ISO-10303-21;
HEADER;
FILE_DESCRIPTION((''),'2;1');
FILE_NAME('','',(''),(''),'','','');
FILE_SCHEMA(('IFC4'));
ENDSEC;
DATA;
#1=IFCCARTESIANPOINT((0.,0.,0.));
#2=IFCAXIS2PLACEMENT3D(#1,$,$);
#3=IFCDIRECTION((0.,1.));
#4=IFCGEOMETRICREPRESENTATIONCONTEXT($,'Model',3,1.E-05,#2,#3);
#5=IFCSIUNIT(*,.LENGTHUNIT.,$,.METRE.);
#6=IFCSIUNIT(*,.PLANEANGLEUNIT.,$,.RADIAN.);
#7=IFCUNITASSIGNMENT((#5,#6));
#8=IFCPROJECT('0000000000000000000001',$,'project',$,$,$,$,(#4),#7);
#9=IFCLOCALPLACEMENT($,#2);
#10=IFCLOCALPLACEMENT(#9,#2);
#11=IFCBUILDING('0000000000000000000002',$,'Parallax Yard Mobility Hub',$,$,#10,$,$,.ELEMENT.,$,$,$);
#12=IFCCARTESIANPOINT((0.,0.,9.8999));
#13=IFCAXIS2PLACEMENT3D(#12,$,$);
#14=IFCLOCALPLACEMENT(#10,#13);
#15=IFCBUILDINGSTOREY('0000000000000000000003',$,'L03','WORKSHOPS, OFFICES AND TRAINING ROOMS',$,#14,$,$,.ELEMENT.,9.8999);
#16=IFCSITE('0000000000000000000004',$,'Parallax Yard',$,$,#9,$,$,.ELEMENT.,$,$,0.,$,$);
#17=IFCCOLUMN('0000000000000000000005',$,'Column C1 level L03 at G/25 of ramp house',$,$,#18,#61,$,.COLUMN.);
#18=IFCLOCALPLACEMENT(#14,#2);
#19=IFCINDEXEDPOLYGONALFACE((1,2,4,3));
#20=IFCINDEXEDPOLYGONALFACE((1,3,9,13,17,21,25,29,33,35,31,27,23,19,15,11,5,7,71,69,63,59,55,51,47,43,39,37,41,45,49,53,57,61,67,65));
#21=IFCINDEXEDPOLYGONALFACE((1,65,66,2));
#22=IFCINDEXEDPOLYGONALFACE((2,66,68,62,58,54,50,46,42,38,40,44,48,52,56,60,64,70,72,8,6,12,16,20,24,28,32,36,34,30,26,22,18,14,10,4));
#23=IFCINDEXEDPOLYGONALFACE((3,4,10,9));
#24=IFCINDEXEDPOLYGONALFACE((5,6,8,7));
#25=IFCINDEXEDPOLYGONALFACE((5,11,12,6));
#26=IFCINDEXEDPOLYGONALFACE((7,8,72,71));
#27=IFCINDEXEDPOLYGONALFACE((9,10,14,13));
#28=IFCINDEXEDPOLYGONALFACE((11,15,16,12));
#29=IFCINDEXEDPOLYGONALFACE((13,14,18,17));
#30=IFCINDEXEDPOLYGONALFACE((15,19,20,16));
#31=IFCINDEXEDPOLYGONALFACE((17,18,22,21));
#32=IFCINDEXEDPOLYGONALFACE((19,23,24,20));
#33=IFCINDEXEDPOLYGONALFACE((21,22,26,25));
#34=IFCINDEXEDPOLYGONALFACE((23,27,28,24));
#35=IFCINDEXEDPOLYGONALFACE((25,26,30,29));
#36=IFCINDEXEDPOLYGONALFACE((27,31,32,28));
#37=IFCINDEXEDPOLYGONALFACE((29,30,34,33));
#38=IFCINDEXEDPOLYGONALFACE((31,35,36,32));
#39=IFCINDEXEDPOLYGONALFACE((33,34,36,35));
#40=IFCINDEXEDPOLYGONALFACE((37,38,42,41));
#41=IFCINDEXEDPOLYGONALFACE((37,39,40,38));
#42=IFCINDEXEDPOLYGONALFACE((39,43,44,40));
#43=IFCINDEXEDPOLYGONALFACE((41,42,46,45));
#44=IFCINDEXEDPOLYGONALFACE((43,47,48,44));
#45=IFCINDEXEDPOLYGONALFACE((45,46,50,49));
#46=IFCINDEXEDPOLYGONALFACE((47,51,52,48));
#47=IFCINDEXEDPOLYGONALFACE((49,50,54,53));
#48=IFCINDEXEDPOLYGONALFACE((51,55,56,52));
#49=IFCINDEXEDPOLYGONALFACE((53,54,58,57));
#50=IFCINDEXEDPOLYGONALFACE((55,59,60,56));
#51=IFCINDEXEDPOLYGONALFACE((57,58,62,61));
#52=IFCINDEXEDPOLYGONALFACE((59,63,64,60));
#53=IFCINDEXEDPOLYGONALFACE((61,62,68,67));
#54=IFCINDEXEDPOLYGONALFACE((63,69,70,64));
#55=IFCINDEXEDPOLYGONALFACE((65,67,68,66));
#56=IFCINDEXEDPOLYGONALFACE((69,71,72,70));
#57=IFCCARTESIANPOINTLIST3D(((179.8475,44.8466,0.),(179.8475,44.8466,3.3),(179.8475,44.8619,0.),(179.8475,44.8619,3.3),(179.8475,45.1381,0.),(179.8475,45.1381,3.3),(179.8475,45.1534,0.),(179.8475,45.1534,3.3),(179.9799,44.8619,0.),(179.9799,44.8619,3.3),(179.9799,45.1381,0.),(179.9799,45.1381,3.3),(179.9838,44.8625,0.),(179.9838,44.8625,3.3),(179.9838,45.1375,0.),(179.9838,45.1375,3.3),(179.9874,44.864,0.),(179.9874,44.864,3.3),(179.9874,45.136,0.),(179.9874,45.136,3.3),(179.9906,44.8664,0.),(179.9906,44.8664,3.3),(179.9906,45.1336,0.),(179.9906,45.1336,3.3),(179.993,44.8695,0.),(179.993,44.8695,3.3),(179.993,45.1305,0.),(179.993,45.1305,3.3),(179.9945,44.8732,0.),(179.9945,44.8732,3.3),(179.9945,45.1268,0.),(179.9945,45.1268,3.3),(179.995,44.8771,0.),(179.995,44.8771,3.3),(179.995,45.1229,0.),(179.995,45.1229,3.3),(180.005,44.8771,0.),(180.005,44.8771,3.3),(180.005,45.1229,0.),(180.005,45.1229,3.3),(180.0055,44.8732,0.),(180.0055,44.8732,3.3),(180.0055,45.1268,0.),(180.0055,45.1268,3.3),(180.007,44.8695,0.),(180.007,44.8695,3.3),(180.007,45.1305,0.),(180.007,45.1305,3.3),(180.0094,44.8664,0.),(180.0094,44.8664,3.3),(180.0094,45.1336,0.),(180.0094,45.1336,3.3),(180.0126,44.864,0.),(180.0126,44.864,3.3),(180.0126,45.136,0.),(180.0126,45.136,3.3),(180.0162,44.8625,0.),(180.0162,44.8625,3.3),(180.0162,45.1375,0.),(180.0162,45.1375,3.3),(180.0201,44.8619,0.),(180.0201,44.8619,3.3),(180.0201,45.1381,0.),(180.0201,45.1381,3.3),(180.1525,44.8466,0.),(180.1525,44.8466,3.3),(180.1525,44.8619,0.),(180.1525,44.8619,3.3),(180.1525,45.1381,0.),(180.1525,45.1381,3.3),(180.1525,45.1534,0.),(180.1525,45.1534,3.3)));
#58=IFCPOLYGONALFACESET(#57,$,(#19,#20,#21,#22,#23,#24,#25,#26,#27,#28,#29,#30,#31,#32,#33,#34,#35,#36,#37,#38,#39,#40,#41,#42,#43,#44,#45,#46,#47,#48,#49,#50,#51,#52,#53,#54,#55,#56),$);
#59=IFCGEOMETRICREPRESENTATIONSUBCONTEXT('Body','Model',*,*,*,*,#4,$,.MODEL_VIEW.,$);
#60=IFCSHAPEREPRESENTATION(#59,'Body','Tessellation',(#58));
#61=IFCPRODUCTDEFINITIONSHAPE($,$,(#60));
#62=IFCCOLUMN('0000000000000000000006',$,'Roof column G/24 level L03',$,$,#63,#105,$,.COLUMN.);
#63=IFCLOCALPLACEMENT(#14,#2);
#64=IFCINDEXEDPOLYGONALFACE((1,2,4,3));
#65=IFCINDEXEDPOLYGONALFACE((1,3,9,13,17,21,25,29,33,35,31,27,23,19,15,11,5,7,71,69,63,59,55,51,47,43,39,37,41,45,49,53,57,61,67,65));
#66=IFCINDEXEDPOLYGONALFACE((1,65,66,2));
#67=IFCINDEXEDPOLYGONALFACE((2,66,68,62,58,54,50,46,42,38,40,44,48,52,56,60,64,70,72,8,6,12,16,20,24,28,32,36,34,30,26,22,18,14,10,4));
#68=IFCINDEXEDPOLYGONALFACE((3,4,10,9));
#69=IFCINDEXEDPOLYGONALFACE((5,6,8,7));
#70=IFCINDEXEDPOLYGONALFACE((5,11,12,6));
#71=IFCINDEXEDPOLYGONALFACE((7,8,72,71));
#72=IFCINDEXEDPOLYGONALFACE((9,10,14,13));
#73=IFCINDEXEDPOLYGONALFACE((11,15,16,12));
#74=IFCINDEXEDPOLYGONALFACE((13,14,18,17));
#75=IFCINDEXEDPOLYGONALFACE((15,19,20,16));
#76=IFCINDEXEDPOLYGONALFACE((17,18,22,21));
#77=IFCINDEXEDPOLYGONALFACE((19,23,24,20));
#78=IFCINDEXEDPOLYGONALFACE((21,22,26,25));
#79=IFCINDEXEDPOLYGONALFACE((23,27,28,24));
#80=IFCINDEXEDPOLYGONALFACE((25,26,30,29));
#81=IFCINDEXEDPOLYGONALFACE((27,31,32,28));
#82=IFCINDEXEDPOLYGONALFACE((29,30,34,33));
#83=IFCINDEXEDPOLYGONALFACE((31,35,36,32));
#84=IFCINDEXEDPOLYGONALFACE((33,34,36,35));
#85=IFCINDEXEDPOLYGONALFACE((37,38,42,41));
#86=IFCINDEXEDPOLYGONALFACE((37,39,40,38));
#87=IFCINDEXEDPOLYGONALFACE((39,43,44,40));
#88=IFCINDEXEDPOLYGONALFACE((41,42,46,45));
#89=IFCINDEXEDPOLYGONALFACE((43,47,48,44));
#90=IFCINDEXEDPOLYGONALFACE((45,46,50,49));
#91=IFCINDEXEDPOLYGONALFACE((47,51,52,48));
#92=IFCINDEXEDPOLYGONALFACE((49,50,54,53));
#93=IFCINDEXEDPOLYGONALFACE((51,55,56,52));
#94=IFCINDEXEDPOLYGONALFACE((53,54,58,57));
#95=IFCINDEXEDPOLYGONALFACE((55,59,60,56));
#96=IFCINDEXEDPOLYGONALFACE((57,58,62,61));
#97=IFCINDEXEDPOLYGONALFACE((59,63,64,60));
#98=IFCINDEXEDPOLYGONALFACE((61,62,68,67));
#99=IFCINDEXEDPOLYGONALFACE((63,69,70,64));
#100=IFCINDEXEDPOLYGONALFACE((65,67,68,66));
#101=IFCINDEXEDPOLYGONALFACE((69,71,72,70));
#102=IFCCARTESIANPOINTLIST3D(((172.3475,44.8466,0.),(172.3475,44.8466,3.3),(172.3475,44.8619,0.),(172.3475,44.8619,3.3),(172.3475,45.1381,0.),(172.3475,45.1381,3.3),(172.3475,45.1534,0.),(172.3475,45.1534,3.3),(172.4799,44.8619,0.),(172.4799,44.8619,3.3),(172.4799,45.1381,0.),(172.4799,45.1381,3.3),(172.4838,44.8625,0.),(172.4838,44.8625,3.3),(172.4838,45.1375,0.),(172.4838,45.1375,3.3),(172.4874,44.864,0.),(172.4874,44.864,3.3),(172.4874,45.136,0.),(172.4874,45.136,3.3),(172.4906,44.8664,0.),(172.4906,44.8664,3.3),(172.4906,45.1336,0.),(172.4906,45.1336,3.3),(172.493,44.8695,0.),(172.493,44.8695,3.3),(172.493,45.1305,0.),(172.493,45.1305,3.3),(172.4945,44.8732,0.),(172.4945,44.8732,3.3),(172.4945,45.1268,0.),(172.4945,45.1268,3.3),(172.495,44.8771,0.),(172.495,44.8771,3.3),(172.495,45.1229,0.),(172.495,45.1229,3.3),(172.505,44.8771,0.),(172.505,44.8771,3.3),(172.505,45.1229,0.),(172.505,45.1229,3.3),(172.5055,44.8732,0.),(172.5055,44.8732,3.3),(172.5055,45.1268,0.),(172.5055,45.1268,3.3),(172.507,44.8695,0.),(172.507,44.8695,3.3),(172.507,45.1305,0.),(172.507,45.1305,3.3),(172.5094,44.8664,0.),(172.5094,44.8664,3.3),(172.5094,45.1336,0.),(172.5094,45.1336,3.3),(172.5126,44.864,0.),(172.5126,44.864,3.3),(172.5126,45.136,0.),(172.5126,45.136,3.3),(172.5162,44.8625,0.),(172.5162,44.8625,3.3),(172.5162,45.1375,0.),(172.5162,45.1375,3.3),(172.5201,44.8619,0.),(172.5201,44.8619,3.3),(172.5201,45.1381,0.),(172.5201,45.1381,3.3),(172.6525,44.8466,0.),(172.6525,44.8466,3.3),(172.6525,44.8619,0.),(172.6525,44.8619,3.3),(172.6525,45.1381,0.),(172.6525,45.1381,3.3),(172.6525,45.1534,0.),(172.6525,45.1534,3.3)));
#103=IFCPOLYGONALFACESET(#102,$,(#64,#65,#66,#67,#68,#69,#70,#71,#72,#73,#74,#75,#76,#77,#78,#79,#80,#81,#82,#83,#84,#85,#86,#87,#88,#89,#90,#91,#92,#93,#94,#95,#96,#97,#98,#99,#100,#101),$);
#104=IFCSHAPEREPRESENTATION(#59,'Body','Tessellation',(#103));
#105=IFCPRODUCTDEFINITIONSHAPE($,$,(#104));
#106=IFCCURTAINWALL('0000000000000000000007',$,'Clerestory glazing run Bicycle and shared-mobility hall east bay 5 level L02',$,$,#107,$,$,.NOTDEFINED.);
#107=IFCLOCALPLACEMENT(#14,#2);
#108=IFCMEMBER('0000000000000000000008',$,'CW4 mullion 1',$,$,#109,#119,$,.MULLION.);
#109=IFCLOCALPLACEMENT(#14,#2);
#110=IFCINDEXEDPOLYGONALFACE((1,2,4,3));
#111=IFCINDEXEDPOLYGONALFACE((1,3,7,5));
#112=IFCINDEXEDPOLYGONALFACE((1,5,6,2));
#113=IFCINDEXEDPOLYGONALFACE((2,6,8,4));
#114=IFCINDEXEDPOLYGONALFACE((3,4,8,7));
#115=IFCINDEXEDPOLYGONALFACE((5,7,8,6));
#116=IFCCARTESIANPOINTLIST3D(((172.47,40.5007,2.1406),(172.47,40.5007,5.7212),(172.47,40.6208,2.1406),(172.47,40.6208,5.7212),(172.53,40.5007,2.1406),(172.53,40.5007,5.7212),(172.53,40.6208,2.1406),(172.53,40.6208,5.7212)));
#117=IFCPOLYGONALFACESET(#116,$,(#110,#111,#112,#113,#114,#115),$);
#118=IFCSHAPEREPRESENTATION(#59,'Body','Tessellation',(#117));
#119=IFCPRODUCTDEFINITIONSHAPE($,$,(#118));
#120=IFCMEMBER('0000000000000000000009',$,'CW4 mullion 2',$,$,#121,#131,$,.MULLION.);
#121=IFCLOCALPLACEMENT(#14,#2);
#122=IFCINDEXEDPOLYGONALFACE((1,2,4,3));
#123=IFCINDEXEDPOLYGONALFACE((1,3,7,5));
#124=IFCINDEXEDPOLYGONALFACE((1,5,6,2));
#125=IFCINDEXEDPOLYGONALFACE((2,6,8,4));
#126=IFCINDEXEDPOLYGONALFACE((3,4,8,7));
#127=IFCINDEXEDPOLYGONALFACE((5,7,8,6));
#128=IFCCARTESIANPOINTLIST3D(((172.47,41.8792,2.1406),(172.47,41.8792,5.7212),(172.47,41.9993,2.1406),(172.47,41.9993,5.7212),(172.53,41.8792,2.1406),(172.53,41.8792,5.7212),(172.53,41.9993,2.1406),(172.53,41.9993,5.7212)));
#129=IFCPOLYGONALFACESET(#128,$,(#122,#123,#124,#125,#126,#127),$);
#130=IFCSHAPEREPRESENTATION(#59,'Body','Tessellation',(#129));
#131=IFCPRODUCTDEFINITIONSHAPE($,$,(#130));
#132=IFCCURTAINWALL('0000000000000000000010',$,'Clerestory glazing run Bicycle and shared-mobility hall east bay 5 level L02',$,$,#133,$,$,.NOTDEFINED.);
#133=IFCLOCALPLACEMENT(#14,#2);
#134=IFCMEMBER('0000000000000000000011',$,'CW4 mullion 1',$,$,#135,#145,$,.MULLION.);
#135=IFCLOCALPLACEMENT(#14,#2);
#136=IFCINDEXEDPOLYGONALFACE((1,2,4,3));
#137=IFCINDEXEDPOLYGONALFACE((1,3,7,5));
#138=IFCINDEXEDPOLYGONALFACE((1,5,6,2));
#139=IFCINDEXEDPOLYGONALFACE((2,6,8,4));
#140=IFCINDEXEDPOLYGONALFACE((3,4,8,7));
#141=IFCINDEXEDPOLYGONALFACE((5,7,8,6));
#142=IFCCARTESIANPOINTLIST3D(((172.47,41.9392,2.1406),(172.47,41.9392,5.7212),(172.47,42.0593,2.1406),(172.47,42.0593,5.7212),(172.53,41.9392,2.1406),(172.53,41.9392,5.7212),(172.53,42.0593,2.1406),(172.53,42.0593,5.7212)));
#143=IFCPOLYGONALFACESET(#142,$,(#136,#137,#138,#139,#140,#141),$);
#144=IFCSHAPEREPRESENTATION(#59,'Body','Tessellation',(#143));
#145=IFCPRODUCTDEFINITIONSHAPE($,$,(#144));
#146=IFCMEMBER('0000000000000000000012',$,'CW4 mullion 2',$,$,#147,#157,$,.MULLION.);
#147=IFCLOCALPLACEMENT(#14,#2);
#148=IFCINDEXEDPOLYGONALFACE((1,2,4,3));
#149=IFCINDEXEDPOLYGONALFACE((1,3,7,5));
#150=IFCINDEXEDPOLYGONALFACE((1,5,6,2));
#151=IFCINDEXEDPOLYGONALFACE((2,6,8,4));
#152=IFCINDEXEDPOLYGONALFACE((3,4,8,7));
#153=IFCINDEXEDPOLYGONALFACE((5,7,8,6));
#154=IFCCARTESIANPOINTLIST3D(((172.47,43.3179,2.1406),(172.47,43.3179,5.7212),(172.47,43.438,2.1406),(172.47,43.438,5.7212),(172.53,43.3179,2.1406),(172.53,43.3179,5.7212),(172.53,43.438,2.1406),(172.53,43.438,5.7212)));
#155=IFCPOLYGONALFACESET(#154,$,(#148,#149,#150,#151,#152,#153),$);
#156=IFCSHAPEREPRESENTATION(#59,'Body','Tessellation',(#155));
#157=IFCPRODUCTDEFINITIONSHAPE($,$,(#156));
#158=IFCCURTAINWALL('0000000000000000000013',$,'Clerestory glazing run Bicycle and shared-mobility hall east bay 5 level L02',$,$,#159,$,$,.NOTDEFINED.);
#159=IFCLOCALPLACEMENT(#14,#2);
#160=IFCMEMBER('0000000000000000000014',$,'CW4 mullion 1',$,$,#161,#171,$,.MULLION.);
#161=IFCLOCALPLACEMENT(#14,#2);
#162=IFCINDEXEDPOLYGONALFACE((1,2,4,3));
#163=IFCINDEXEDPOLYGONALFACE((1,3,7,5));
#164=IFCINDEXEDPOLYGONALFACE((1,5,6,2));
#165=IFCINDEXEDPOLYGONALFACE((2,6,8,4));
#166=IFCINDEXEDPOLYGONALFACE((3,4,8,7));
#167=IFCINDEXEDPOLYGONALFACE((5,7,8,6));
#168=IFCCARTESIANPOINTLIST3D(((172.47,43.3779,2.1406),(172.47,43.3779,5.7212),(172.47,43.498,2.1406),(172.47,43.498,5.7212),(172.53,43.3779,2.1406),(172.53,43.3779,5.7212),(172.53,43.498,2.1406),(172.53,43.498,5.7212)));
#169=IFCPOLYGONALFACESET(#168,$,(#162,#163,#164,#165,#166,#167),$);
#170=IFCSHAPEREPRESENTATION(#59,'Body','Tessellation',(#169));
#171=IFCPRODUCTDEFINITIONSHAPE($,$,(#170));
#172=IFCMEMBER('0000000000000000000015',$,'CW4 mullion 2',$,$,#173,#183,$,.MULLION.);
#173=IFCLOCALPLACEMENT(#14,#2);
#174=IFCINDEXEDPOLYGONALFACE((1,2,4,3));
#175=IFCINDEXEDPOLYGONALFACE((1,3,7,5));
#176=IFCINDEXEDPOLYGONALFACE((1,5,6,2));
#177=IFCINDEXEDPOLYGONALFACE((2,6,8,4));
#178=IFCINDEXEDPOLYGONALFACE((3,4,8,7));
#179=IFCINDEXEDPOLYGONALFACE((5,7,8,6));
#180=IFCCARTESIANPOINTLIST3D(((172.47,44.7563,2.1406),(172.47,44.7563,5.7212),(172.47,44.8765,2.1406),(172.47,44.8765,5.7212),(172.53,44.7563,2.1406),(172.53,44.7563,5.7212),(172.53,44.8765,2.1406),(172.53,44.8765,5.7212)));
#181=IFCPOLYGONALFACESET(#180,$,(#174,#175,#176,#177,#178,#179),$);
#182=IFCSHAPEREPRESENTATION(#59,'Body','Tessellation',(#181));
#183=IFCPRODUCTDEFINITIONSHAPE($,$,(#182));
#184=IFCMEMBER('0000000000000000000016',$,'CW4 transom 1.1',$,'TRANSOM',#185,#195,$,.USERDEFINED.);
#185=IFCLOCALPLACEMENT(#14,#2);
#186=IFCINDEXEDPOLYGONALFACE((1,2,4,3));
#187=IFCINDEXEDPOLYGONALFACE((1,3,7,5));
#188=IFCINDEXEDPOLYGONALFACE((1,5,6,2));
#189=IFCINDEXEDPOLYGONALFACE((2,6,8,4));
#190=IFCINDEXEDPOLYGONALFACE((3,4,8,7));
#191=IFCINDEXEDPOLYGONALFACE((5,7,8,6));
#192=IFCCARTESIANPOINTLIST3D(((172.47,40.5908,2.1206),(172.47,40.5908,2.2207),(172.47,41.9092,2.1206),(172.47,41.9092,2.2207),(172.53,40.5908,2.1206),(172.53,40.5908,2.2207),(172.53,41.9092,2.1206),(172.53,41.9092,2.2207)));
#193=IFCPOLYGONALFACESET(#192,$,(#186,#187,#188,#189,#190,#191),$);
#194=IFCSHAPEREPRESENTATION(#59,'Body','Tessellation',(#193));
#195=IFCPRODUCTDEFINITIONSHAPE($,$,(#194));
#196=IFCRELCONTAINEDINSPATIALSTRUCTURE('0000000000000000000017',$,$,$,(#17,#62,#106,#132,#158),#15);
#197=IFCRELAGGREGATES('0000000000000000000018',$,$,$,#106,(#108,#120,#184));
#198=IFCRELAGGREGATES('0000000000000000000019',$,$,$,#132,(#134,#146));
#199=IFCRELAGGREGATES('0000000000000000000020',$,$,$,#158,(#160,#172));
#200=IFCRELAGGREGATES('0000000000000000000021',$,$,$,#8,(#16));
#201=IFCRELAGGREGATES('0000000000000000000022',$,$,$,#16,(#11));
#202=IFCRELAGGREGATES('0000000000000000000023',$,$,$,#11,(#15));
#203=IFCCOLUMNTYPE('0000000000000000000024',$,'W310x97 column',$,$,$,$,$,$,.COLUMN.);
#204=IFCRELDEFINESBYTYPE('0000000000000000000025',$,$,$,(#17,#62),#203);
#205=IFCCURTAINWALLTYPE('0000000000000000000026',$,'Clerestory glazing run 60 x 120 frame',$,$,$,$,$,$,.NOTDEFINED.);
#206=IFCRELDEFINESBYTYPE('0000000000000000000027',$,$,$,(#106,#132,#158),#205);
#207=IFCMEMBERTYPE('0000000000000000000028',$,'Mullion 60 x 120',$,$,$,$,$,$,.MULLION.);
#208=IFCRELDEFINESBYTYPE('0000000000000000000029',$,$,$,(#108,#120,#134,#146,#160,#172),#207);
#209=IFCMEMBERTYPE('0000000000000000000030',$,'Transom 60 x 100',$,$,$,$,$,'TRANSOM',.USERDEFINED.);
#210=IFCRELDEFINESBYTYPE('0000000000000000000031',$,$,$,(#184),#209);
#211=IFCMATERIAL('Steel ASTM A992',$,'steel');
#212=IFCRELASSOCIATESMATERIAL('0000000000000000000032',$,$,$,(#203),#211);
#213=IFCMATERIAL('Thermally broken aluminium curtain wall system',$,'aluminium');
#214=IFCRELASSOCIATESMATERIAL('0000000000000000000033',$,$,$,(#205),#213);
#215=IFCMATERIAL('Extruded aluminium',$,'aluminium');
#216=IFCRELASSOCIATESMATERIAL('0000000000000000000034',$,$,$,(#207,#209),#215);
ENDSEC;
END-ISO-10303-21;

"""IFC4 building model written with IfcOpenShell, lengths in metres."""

from ifc_helpers import new_model, si_unit, direction, frame, origin, origin_2d, place, context, subcontext, project, spatial, rectangle, i_section, extrude, material, material_profile, profile_set, type_object, element, aggregate, save


model = new_model("IFC4")

# Units and contexts
model_context = context("Model", 3, precision=1e-05, world=origin(), true_north=direction((0.0, 1.0)))
body_context = subcontext(model_context, "Body", "Model", "MODEL_VIEW")
ifc_project = project(units=[si_unit("LENGTHUNIT", "METRE"), si_unit("PLANEANGLEUNIT", "RADIAN")], contexts=[model_context])

# Site, building, storey
site_placement = place(None, origin())
site = spatial("IfcSite", under=ifc_project, at=site_placement, Name="Parallax Yard", CompositionType="ELEMENT", RefElevation=0.0)
building_placement = place(site_placement, origin())
building = spatial("IfcBuilding", under=site, at=building_placement, Name="Parallax Yard Mobility Hub", CompositionType="ELEMENT")
storey_placement = place(building_placement, frame((0.0, 0.0, 9.8999)))
storey = spatial("IfcBuildingStorey", under=building, at=storey_placement, Name="L03", Description="WORKSHOPS, OFFICES AND TRAINING ROOMS", CompositionType="ELEMENT", Elevation=9.8999)

# Columns
ifc_material_1 = material(Name="Steel ASTM A992", Category="steel")
ifc_material_profile_1 = material_profile(ifc_material_1, i_section(OverallWidth=0.3049, OverallDepth=0.3069, WebThickness=0.01, FlangeThickness=0.0154, FilletRadius=0.0151, at=origin_2d()), Name="W310x97")
ifc_profile_set_1 = profile_set([ifc_material_profile_1], Name="Steel ASTM A992")
column_type = type_object("IfcColumnType", Name="W310x97 column", PredefinedType="COLUMN", material=ifc_profile_set_1)
for number, where, z_axis, x_axis, name in (
    (1, (180.0, 45.0, 0.0), (0.0, 0.0, 1.0), (1.0, 0.0, 0.0), "Column C1 level L03 at G/25 of ramp house"),
    (2, (172.5, 45.0, 0.0), (0.0, 0.0, 1.0), (1.0, 0.0, 0.0), "Roof column G/24 level L03"),
):
    element("IfcColumn", number, at=place(storey_placement, frame(where, z_axis=z_axis, x_axis=x_axis)), inside=storey, type_object=column_type, Name=name, PredefinedType="COLUMN", context=body_context, shape_type="SweptSolid", body=[
        extrude(i_section(OverallWidth=0.3049, OverallDepth=0.3069, WebThickness=0.01, FlangeThickness=0.0154, FilletRadius=0.0151, at=origin_2d()), origin(), (0.0, 0.0, 1.0), 3.3),
    ])

# Curtain walls, members
ifc_material_2 = material(Name="Thermally broken aluminium curtain wall system", Category="aluminium")
curtain_wall_type = type_object("IfcCurtainWallType", Name="Clerestory glazing run 60 x 120 frame", PredefinedType="NOTDEFINED", material=ifc_material_2)
curtain_wall_1_placement = place(storey_placement, origin())
curtain_wall_1 = element("IfcCurtainWall", 3, at=curtain_wall_1_placement, inside=storey, type_object=curtain_wall_type, Name="Clerestory glazing run Bicycle and shared-mobility hall east bay 5 level L02", PredefinedType="NOTDEFINED")
ifc_material_3 = material(Name="Extruded aluminium", Category="aluminium")
ifc_material_profile_2 = material_profile(ifc_material_3, rectangle(XDim=0.0601, YDim=0.1201, at=origin_2d()), Name="Mullion 60 x 120")
ifc_profile_set_2 = profile_set([ifc_material_profile_2], Name="Extruded aluminium")
member_type_1 = type_object("IfcMemberType", Name="Mullion 60 x 120", PredefinedType="MULLION", material=ifc_profile_set_2)
member_1_placement = place(storey_placement, frame((172.5, 40.5608, 2.1406), z_axis=(0.0, 0.0, 1.0), x_axis=(-1.0, 0.0, 0.0)))
member_1 = element("IfcMember", 4, at=member_1_placement, type_object=member_type_1, Name="CW4 mullion 1", PredefinedType="MULLION", context=body_context, shape_type="SweptSolid", body=[
    extrude(rectangle(XDim=0.0601, YDim=0.1201, at=origin_2d()), origin(), (0.0, 0.0, 1.0), 3.5806),
])
member_2_placement = place(storey_placement, frame((172.5, 41.9392, 2.1406), z_axis=(0.0, 0.0, 1.0), x_axis=(-1.0, 0.0, 0.0)))
member_2 = element("IfcMember", 5, at=member_2_placement, type_object=member_type_1, Name="CW4 mullion 2", PredefinedType="MULLION", context=body_context, shape_type="SweptSolid", body=[
    extrude(rectangle(XDim=0.0601, YDim=0.1201, at=origin_2d()), origin(), (0.0, 0.0, 1.0), 3.5806),
])
curtain_wall_2_placement = place(storey_placement, origin())
curtain_wall_2 = element("IfcCurtainWall", 6, at=curtain_wall_2_placement, inside=storey, type_object=curtain_wall_type, Name="Clerestory glazing run Bicycle and shared-mobility hall east bay 5 level L02", PredefinedType="NOTDEFINED")
member_3_placement = place(storey_placement, frame((172.5, 41.9993, 2.1406), z_axis=(0.0, 0.0, 1.0), x_axis=(-1.0, 0.0, 0.0)))
member_3 = element("IfcMember", 7, at=member_3_placement, type_object=member_type_1, Name="CW4 mullion 1", PredefinedType="MULLION", context=body_context, shape_type="SweptSolid", body=[
    extrude(rectangle(XDim=0.0601, YDim=0.1201, at=origin_2d()), origin(), (0.0, 0.0, 1.0), 3.5806),
])
member_4_placement = place(storey_placement, frame((172.5, 43.3779, 2.1406), z_axis=(0.0, 0.0, 1.0), x_axis=(-1.0, 0.0, 0.0)))
member_4 = element("IfcMember", 8, at=member_4_placement, type_object=member_type_1, Name="CW4 mullion 2", PredefinedType="MULLION", context=body_context, shape_type="SweptSolid", body=[
    extrude(rectangle(XDim=0.0601, YDim=0.1201, at=origin_2d()), origin(), (0.0, 0.0, 1.0), 3.5806),
])
curtain_wall_3_placement = place(storey_placement, origin())
curtain_wall_3 = element("IfcCurtainWall", 9, at=curtain_wall_3_placement, inside=storey, type_object=curtain_wall_type, Name="Clerestory glazing run Bicycle and shared-mobility hall east bay 5 level L02", PredefinedType="NOTDEFINED")
member_5_placement = place(storey_placement, frame((172.5, 43.438, 2.1406), z_axis=(0.0, 0.0, 1.0), x_axis=(-1.0, 0.0, 0.0)))
member_5 = element("IfcMember", 10, at=member_5_placement, type_object=member_type_1, Name="CW4 mullion 1", PredefinedType="MULLION", context=body_context, shape_type="SweptSolid", body=[
    extrude(rectangle(XDim=0.0601, YDim=0.1201, at=origin_2d()), origin(), (0.0, 0.0, 1.0), 3.5806),
])
member_6_placement = place(storey_placement, frame((172.5, 44.8164, 2.1406), z_axis=(0.0, 0.0, 1.0), x_axis=(-1.0, 0.0, 0.0)))
member_6 = element("IfcMember", 11, at=member_6_placement, type_object=member_type_1, Name="CW4 mullion 2", PredefinedType="MULLION", context=body_context, shape_type="SweptSolid", body=[
    extrude(rectangle(XDim=0.0601, YDim=0.1201, at=origin_2d()), origin(), (0.0, 0.0, 1.0), 3.5806),
])

# Member
ifc_material_profile_3 = material_profile(ifc_material_3, rectangle(XDim=0.0601, YDim=0.1001, at=origin_2d()), Name="Transom 60 x 100")
ifc_profile_set_3 = profile_set([ifc_material_profile_3], Name="Extruded aluminium")
member_type_2 = type_object("IfcMemberType", Name="Transom 60 x 100", ElementType="TRANSOM", PredefinedType="USERDEFINED", material=ifc_profile_set_3)
member_7_placement = place(storey_placement, frame((172.5, 40.5908, 2.1707), z_axis=(0.0, 1.0, 0.0), x_axis=(-1.0, 0.0, 0.0)))
member_7 = element("IfcMember", 12, at=member_7_placement, type_object=member_type_2, Name="CW4 transom 1.1", ObjectType="TRANSOM", PredefinedType="USERDEFINED", context=body_context, shape_type="SweptSolid", body=[
    extrude(rectangle(XDim=0.0601, YDim=0.1001, at=origin_2d()), origin(), (0.0, 0.0, 1.0), 1.3184),
])

aggregate(curtain_wall_1, [member_1, member_2, member_7])
aggregate(curtain_wall_2, [member_3, member_4])
aggregate(curtain_wall_3, [member_5, member_6])

save(model, "model.ifc")
